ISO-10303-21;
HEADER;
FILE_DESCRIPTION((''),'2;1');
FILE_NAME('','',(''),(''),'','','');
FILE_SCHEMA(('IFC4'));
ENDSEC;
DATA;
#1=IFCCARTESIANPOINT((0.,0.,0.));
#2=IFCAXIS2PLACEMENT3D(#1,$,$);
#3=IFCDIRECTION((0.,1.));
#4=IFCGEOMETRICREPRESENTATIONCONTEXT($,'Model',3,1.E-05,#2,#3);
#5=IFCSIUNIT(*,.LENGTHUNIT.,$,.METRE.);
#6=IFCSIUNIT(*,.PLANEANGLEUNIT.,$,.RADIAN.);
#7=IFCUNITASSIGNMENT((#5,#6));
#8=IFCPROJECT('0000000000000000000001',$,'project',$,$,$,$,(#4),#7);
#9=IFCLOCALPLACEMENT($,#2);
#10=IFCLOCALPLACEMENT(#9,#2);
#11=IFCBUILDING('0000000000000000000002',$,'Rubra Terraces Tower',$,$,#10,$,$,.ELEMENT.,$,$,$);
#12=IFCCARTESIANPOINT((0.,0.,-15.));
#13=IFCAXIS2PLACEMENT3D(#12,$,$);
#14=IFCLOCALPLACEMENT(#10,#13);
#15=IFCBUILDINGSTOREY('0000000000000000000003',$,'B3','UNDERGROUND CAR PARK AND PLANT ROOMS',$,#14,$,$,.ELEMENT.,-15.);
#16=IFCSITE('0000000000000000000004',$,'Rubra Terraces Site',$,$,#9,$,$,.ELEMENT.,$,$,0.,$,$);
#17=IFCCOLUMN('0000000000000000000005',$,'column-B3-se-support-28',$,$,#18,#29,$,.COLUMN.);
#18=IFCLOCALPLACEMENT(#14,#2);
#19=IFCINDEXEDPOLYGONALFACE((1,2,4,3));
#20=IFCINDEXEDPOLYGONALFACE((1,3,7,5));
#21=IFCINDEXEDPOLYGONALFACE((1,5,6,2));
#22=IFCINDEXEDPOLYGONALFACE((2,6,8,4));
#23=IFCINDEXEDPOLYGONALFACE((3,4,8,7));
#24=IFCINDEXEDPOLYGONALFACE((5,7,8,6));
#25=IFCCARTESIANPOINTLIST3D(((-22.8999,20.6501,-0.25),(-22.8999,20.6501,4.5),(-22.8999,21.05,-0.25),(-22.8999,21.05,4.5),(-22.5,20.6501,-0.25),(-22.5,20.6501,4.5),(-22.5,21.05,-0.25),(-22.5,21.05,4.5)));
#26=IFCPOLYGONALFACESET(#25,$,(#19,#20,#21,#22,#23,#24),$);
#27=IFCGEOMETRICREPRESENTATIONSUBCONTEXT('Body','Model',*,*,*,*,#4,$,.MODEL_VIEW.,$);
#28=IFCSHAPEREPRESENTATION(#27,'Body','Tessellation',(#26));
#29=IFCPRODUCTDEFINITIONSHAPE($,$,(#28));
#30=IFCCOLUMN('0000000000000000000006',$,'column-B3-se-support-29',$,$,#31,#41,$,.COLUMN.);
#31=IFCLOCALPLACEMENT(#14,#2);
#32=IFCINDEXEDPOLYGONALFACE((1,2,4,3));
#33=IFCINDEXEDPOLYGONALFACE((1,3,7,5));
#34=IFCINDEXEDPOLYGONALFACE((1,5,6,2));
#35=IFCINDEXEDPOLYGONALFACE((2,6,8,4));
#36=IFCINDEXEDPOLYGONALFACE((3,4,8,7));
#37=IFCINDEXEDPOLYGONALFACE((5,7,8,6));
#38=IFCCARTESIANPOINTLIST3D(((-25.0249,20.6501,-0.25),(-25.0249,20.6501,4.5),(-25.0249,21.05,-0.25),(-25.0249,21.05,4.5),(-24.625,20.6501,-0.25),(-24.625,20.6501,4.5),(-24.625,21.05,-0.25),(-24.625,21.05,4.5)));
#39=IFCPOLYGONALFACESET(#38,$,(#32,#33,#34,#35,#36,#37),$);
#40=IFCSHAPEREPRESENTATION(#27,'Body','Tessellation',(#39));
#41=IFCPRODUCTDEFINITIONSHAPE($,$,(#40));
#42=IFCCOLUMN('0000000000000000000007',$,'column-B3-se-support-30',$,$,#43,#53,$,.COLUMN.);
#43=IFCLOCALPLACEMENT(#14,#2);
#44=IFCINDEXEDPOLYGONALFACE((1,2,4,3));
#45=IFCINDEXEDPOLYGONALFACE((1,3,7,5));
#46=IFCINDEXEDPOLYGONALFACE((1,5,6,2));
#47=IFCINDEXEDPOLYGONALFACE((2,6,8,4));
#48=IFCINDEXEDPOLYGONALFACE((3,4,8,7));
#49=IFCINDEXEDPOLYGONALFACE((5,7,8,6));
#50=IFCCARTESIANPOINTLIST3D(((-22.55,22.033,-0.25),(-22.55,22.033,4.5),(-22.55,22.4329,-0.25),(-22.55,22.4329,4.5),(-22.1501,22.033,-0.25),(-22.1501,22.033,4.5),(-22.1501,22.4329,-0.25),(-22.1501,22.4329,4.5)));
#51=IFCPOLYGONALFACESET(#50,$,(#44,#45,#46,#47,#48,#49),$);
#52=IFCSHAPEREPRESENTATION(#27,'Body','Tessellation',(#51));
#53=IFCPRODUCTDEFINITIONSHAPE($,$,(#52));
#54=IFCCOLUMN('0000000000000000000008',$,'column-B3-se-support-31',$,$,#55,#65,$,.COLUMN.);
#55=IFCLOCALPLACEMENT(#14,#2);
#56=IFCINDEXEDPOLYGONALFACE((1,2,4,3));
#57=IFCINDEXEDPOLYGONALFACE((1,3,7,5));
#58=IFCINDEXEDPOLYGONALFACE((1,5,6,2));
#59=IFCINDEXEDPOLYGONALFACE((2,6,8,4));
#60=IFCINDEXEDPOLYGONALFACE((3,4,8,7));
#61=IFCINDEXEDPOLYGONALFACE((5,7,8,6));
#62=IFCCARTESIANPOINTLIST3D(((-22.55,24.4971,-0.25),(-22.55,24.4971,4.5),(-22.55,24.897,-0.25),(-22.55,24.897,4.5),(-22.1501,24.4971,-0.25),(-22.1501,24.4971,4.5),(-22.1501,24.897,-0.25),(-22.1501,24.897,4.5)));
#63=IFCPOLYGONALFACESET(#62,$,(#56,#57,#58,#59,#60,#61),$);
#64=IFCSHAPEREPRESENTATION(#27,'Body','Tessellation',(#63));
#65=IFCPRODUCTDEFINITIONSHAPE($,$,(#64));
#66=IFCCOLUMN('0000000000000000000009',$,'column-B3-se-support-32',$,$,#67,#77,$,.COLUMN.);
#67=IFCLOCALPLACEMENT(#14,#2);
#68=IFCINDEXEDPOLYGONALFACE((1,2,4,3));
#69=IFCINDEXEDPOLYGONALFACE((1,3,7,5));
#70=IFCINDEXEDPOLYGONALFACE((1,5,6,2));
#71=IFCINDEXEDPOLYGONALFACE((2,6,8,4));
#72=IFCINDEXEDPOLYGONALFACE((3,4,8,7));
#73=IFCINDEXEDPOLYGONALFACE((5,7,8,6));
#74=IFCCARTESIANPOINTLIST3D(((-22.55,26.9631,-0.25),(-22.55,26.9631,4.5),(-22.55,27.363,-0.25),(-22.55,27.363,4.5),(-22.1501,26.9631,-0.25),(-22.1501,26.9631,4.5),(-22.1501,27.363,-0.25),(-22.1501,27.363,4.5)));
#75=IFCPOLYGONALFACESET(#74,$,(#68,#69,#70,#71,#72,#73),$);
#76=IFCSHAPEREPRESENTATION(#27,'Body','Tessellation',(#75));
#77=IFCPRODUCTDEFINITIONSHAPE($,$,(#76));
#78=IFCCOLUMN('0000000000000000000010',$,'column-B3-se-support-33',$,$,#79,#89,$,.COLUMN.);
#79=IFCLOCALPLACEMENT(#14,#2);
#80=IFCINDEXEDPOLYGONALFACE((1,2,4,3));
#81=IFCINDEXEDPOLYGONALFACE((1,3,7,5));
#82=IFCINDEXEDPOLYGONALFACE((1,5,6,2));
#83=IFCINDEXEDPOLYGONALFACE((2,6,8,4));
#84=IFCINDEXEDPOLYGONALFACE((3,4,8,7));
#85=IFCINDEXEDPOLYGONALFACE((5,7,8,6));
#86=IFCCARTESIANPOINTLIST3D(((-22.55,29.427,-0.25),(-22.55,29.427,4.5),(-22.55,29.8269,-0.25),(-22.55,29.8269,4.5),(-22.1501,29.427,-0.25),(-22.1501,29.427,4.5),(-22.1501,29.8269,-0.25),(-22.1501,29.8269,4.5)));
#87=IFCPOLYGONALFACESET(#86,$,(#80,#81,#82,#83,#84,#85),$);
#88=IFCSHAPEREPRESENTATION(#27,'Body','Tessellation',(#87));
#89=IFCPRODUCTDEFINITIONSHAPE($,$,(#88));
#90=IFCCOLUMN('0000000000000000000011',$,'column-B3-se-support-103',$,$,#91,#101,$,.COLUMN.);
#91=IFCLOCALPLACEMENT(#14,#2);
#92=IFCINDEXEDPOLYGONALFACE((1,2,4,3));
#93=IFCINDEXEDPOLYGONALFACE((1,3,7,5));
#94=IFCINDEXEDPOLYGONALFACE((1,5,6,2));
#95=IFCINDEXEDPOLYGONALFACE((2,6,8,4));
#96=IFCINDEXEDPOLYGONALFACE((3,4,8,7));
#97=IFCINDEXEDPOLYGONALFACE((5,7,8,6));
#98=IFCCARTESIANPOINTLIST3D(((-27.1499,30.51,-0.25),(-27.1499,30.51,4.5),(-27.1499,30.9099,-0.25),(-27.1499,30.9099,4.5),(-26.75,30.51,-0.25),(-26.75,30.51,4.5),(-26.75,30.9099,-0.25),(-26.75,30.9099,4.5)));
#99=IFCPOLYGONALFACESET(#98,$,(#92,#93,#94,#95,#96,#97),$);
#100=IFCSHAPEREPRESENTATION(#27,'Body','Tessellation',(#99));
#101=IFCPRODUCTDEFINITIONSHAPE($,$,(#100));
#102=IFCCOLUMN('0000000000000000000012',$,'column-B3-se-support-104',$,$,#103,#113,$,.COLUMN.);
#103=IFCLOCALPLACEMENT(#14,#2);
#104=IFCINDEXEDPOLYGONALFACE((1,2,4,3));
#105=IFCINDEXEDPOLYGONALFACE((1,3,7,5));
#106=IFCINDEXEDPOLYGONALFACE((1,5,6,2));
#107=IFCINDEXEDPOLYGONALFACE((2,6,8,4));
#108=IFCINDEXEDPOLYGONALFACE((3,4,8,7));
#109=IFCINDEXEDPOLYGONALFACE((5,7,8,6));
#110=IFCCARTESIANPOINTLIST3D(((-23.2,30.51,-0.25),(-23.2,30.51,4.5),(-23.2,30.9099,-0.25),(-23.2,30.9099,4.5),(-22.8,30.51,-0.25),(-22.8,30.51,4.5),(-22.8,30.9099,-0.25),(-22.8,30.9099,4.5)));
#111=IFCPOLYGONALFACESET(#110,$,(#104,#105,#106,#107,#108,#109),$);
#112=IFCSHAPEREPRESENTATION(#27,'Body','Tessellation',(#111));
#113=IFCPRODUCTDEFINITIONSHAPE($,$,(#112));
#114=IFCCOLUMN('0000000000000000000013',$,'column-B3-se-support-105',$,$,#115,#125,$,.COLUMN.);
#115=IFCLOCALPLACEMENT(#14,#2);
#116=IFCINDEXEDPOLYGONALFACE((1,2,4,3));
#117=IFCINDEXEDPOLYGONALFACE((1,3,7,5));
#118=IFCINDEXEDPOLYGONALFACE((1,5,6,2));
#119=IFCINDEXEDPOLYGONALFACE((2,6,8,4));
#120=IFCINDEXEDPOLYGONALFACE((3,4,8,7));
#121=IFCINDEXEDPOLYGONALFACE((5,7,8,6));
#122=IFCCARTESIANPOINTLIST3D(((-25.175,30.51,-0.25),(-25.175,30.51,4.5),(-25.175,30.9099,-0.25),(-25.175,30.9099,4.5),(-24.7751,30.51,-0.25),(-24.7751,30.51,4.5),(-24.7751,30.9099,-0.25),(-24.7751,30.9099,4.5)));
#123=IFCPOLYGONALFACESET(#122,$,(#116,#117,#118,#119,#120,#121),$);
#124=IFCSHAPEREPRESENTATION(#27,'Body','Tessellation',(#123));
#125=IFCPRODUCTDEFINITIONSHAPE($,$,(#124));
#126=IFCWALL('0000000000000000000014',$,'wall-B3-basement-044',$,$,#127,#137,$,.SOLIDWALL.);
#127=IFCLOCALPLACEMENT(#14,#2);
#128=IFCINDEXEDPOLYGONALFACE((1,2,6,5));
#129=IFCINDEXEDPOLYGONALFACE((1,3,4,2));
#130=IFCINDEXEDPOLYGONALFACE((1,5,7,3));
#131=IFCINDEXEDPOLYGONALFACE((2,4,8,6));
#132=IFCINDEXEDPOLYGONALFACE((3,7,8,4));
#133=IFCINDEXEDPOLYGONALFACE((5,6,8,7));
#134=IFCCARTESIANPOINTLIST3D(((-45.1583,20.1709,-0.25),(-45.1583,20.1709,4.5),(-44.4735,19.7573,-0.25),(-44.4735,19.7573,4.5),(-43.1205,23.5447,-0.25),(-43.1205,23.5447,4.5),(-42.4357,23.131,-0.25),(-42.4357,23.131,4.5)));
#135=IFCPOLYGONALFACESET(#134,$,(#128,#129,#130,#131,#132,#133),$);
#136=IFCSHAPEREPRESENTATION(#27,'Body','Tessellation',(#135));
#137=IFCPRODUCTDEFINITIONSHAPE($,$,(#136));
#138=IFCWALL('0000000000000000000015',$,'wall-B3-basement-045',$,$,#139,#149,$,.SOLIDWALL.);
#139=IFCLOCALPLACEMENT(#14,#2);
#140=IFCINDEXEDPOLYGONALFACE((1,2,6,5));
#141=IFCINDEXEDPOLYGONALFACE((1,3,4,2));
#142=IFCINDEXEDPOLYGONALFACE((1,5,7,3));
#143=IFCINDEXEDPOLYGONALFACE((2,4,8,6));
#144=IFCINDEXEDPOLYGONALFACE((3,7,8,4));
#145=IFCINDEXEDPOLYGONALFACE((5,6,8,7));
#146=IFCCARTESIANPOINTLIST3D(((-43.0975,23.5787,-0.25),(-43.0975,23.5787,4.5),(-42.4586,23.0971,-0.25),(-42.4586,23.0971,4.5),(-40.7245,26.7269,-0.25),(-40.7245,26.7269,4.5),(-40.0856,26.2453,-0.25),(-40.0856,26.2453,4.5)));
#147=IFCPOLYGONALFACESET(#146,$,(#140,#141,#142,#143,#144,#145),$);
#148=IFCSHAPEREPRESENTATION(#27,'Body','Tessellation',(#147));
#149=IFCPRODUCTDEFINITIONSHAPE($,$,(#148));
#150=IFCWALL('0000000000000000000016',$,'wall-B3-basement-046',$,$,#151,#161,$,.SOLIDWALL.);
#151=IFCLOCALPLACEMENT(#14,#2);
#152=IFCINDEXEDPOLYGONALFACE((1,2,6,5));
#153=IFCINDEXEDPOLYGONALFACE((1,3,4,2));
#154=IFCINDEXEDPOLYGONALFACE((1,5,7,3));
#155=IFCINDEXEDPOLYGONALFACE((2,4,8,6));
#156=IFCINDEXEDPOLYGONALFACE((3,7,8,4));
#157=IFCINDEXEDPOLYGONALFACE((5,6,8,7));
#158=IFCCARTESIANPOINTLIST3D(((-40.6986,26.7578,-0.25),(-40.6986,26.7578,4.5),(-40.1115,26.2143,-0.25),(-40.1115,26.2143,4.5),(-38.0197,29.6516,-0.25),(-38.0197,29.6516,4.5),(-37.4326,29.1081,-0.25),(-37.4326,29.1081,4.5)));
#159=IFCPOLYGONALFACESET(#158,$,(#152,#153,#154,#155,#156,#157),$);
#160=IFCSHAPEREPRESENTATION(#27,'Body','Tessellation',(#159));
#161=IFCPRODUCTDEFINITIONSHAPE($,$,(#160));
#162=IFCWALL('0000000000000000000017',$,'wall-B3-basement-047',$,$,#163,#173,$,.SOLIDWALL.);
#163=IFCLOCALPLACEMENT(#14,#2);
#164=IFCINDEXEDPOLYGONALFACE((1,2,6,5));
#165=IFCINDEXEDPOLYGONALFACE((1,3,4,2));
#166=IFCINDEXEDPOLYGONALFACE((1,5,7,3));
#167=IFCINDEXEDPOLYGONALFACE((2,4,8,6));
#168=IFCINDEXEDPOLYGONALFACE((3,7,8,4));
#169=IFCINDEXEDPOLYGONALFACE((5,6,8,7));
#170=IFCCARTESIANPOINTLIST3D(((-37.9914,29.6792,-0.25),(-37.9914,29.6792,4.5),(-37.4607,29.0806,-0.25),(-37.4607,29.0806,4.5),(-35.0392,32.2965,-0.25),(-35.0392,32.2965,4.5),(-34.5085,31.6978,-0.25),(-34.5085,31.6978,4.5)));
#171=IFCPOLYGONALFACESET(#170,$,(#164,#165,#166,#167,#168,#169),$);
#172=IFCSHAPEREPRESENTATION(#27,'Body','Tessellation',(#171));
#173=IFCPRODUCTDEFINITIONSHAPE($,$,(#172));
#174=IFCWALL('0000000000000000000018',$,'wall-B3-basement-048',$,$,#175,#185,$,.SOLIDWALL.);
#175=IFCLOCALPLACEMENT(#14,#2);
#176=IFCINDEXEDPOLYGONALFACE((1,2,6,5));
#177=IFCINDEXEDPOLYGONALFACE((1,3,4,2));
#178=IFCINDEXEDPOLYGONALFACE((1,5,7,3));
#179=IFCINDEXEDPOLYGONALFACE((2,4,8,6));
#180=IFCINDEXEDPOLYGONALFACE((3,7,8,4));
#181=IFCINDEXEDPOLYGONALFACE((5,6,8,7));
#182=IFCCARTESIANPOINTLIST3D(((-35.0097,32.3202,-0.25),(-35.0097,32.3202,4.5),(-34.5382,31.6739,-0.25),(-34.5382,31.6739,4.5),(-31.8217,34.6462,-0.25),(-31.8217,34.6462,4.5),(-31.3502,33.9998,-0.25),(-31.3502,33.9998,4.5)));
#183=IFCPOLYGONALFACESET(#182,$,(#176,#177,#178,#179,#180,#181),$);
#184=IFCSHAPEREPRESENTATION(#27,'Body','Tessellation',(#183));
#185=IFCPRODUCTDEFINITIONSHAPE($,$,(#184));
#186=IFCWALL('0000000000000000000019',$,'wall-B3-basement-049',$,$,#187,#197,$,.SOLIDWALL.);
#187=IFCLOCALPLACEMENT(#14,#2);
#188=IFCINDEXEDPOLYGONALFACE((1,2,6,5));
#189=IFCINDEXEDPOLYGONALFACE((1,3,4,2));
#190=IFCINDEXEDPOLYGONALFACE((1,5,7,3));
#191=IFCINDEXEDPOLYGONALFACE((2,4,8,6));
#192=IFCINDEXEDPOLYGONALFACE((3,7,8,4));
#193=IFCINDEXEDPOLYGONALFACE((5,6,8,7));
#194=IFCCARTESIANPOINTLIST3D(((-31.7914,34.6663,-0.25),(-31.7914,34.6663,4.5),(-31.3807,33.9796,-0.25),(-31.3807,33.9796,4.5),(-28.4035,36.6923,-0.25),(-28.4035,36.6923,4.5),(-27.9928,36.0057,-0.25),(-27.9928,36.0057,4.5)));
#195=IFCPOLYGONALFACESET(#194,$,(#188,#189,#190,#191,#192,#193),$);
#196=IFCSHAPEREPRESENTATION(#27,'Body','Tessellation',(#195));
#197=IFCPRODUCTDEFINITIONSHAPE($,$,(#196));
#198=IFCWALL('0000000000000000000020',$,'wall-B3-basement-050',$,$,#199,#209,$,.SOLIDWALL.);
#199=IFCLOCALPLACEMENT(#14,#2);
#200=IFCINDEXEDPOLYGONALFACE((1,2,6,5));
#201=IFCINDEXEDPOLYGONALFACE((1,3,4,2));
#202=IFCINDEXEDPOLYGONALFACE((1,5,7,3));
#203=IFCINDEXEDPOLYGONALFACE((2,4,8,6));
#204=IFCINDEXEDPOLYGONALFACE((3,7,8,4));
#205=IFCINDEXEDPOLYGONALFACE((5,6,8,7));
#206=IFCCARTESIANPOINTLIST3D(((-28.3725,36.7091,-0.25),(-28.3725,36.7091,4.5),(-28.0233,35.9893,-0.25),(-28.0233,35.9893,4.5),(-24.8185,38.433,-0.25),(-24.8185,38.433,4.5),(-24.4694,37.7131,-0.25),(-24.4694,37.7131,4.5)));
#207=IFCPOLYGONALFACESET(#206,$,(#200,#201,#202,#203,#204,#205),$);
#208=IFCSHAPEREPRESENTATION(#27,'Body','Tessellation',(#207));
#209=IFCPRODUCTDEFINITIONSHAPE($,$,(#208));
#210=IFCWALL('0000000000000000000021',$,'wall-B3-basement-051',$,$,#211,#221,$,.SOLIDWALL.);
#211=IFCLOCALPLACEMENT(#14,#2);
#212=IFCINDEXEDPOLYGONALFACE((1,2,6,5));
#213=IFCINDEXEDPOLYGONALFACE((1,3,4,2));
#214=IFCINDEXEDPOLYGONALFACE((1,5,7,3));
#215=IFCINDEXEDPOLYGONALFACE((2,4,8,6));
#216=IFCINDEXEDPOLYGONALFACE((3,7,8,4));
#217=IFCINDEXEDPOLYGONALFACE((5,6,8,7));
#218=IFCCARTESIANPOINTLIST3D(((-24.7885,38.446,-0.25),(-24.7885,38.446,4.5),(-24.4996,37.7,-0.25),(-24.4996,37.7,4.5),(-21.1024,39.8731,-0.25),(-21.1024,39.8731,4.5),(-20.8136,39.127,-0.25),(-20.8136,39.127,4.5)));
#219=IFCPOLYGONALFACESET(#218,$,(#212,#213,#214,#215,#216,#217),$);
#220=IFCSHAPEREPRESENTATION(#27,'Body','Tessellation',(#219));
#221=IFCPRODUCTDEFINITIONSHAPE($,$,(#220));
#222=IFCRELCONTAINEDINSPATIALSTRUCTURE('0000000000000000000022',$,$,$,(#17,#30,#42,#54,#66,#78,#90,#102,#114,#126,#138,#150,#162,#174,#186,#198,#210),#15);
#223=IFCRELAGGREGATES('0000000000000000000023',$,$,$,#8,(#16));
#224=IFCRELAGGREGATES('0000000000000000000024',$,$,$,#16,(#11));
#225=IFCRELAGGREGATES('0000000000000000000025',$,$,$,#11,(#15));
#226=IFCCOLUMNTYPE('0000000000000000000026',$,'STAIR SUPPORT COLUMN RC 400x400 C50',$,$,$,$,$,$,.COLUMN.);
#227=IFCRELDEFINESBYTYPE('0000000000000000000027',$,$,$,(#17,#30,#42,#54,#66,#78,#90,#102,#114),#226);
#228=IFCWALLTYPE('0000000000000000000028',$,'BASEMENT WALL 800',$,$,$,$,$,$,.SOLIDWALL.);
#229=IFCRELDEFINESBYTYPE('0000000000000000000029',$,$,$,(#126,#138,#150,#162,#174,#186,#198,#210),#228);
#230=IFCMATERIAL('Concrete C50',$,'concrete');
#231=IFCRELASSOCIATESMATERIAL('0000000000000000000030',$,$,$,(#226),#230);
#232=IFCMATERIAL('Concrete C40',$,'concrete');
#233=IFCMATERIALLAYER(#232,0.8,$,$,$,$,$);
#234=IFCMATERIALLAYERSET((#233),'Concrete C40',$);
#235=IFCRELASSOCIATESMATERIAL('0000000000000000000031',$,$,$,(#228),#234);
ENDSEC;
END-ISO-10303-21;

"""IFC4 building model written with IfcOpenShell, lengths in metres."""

from ifc_helpers import new_model, si_unit, direction, frame, frame_2d, origin, origin_2d, place, context, subcontext, project, spatial, rectangle, extrude, material, layer, layer_set, material_profile, profile_set, type_object, element, save


model = new_model("IFC4")

# Units and contexts
model_context = context("Model", 3, precision=1e-05, world=origin(), true_north=direction((0.0, 1.0)))
body_context = subcontext(model_context, "Body", "Model", "MODEL_VIEW")
ifc_project = project(units=[si_unit("LENGTHUNIT", "METRE"), si_unit("PLANEANGLEUNIT", "RADIAN")], contexts=[model_context])

# Site, building, storey
site_placement = place(None, origin())
site = spatial("IfcSite", under=ifc_project, at=site_placement, Name="Rubra Terraces Site", CompositionType="ELEMENT", RefElevation=0.0)
building_placement = place(site_placement, origin())
building = spatial("IfcBuilding", under=site, at=building_placement, Name="Rubra Terraces Tower", CompositionType="ELEMENT")
storey_placement = place(building_placement, frame((0.0, 0.0, -15.0)))
storey = spatial("IfcBuildingStorey", under=building, at=storey_placement, Name="B3", Description="UNDERGROUND CAR PARK AND PLANT ROOMS", CompositionType="ELEMENT", Elevation=-15.0)

# Shared definitions
ifc_material_1 = material(Name="Concrete C40", Category="concrete")

# Columns
ifc_material_2 = material(Name="Concrete C50", Category="concrete")
ifc_material_profile_1 = material_profile(ifc_material_2, rectangle(XDim=0.3999, YDim=0.3999, at=origin_2d()), Name="RC 400x400")
ifc_profile_set_1 = profile_set([ifc_material_profile_1], Name="Concrete C50")
column_type_1 = type_object("IfcColumnType", Name="STAIR SUPPORT COLUMN RC 400x400 C50", PredefinedType="COLUMN", material=ifc_profile_set_1)
for number, where, z_axis, x_axis, name in (
    (1, (-22.7, 20.8501, -0.25), (0.0, 0.0, 1.0), (1.0, 0.0, 0.0), "column-B3-se-support-28"),
    (2, (-24.825, 20.8501, -0.25), (0.0, 0.0, 1.0), (1.0, 0.0, 0.0), "column-B3-se-support-29"),
    (3, (-22.3501, 22.2329, -0.25), (0.0, 0.0, 1.0), (1.0, 0.0, 0.0), "column-B3-se-support-30"),
    (4, (-22.3501, 24.697, -0.25), (0.0, 0.0, 1.0), (1.0, 0.0, 0.0), "column-B3-se-support-31"),
    (5, (-22.3501, 27.1631, -0.25), (0.0, 0.0, 1.0), (1.0, 0.0, 0.0), "column-B3-se-support-32"),
    (6, (-22.3501, 29.627, -0.25), (0.0, 0.0, 1.0), (1.0, 0.0, 0.0), "column-B3-se-support-33"),
    (7, (-26.95, 30.71, -0.25), (0.0, 0.0, 1.0), (1.0, 0.0, 0.0), "column-B3-se-support-103"),
    (8, (-23.0, 30.71, -0.25), (0.0, 0.0, 1.0), (1.0, 0.0, 0.0), "column-B3-se-support-104"),
    (9, (-24.9751, 30.71, -0.25), (0.0, 0.0, 1.0), (1.0, 0.0, 0.0), "column-B3-se-support-105"),
):
    element("IfcColumn", number, at=place(storey_placement, frame(where, z_axis=z_axis, x_axis=x_axis)), inside=storey, type_object=column_type_1, Name=name, PredefinedType="COLUMN", context=body_context, shape_type="SweptSolid", body=[
        extrude(rectangle(XDim=0.3999, YDim=0.3999, at=origin_2d()), origin(), (0.0, 0.0, 1.0), 4.75),
    ])

# Walls
ifc_layer = layer(ifc_material_1, 0.8)
ifc_layer_set = layer_set([ifc_layer], Name="Concrete C40")
wall_type = type_object("IfcWallType", Name="BASEMENT WALL 800", PredefinedType="SOLIDWALL", material=ifc_layer_set)
wall_1_placement = place(storey_placement, frame((-44.8159, 19.9641, -0.25), z_axis=(0.0, 0.0, 1.0), x_axis=(0.517026, 0.85597, 0.0)))
element("IfcWall", 10, at=wall_1_placement, inside=storey, type_object=wall_type, Name="wall-B3-basement-044", PredefinedType="SOLIDWALL", context=body_context, shape_type="SweptSolid", body=[
    extrude(rectangle(XDim=3.9414, YDim=0.8, at=frame_2d((1.9707, 0.0))), origin(), (0.0, 0.0, 1.0), 4.75),
])
wall_2_placement = place(storey_placement, frame((-42.7781, 23.3379, -0.25), z_axis=(0.0, 0.0, 1.0), x_axis=(0.60193, 0.798549, 0.0)))
element("IfcWall", 11, at=wall_2_placement, inside=storey, type_object=wall_type, Name="wall-B3-basement-045", PredefinedType="SOLIDWALL", context=body_context, shape_type="SweptSolid", body=[
    extrude(rectangle(XDim=3.9424, YDim=0.8, at=frame_2d((1.9712, 0.0))), origin(), (0.0, 0.0, 1.0), 4.75),
])
wall_3_placement = place(storey_placement, frame((-40.405, 26.4861, -0.25), z_axis=(0.0, 0.0, 1.0), x_axis=(0.679341, 0.733822, 0.0)))
element("IfcWall", 12, at=wall_3_placement, inside=storey, type_object=wall_type, Name="wall-B3-basement-046", PredefinedType="SOLIDWALL", context=body_context, shape_type="SweptSolid", body=[
    extrude(rectangle(XDim=3.9434, YDim=0.8, at=frame_2d((1.9717, 0.0))), origin(), (0.0, 0.0, 1.0), 4.75),
])
wall_4_placement = place(storey_placement, frame((-37.7261, 29.3799, -0.25), z_axis=(0.0, 0.0, 1.0), x_axis=(0.748283, 0.66338, 0.0)))
element("IfcWall", 13, at=wall_4_placement, inside=storey, type_object=wall_type, Name="wall-B3-basement-047", PredefinedType="SOLIDWALL", context=body_context, shape_type="SweptSolid", body=[
    extrude(rectangle(XDim=3.9453, YDim=0.8, at=frame_2d((1.9727, 0.0))), origin(), (0.0, 0.0, 1.0), 4.75),
])
wall_5_placement = place(storey_placement, frame((-34.7739, 31.9971, -0.25), z_axis=(0.0, 0.0, 1.0), x_axis=(0.807844, 0.589396, 0.0)))
element("IfcWall", 14, at=wall_5_placement, inside=storey, type_object=wall_type, Name="wall-B3-basement-048", PredefinedType="SOLIDWALL", context=body_context, shape_type="SweptSolid", body=[
    extrude(rectangle(XDim=3.9463, YDim=0.8, at=frame_2d((1.9731, 0.0))), origin(), (0.0, 0.0, 1.0), 4.75),
])
wall_6_placement = place(storey_placement, frame((-31.5859, 34.323, -0.25), z_axis=(0.0, 0.0, 1.0), x_axis=(0.858234, 0.513258, 0.0)))
element("IfcWall", 15, at=wall_6_placement, inside=storey, type_object=wall_type, Name="wall-B3-basement-049", PredefinedType="SOLIDWALL", context=body_context, shape_type="SweptSolid", body=[
    extrude(rectangle(XDim=3.9475, YDim=0.8, at=frame_2d((1.9736, 0.0))), origin(), (0.0, 0.0, 1.0), 4.75),
])
wall_7_placement = place(storey_placement, frame((-28.198, 36.3491, -0.25), z_axis=(0.0, 0.0, 1.0), x_axis=(0.89974, 0.436427, 0.0)))
element("IfcWall", 16, at=wall_7_placement, inside=storey, type_object=wall_type, Name="wall-B3-basement-050", PredefinedType="SOLIDWALL", context=body_context, shape_type="SweptSolid", body=[
    extrude(rectangle(XDim=3.95, YDim=0.8, at=frame_2d((1.9751, 0.0))), origin(), (0.0, 0.0, 1.0), 4.75),
])
wall_8_placement = place(storey_placement, frame((-24.644, 38.073, -0.25), z_axis=(0.0, 0.0, 1.0), x_axis=(0.932555, 0.361027, 0.0)))
element("IfcWall", 17, at=wall_8_placement, inside=storey, type_object=wall_type, Name="wall-B3-basement-051", PredefinedType="SOLIDWALL", context=body_context, shape_type="SweptSolid", body=[
    extrude(rectangle(XDim=3.9526, YDim=0.8, at=frame_2d((1.9763, 0.0))), origin(), (0.0, 0.0, 1.0), 4.75),
])

save(model, "model.ifc")
